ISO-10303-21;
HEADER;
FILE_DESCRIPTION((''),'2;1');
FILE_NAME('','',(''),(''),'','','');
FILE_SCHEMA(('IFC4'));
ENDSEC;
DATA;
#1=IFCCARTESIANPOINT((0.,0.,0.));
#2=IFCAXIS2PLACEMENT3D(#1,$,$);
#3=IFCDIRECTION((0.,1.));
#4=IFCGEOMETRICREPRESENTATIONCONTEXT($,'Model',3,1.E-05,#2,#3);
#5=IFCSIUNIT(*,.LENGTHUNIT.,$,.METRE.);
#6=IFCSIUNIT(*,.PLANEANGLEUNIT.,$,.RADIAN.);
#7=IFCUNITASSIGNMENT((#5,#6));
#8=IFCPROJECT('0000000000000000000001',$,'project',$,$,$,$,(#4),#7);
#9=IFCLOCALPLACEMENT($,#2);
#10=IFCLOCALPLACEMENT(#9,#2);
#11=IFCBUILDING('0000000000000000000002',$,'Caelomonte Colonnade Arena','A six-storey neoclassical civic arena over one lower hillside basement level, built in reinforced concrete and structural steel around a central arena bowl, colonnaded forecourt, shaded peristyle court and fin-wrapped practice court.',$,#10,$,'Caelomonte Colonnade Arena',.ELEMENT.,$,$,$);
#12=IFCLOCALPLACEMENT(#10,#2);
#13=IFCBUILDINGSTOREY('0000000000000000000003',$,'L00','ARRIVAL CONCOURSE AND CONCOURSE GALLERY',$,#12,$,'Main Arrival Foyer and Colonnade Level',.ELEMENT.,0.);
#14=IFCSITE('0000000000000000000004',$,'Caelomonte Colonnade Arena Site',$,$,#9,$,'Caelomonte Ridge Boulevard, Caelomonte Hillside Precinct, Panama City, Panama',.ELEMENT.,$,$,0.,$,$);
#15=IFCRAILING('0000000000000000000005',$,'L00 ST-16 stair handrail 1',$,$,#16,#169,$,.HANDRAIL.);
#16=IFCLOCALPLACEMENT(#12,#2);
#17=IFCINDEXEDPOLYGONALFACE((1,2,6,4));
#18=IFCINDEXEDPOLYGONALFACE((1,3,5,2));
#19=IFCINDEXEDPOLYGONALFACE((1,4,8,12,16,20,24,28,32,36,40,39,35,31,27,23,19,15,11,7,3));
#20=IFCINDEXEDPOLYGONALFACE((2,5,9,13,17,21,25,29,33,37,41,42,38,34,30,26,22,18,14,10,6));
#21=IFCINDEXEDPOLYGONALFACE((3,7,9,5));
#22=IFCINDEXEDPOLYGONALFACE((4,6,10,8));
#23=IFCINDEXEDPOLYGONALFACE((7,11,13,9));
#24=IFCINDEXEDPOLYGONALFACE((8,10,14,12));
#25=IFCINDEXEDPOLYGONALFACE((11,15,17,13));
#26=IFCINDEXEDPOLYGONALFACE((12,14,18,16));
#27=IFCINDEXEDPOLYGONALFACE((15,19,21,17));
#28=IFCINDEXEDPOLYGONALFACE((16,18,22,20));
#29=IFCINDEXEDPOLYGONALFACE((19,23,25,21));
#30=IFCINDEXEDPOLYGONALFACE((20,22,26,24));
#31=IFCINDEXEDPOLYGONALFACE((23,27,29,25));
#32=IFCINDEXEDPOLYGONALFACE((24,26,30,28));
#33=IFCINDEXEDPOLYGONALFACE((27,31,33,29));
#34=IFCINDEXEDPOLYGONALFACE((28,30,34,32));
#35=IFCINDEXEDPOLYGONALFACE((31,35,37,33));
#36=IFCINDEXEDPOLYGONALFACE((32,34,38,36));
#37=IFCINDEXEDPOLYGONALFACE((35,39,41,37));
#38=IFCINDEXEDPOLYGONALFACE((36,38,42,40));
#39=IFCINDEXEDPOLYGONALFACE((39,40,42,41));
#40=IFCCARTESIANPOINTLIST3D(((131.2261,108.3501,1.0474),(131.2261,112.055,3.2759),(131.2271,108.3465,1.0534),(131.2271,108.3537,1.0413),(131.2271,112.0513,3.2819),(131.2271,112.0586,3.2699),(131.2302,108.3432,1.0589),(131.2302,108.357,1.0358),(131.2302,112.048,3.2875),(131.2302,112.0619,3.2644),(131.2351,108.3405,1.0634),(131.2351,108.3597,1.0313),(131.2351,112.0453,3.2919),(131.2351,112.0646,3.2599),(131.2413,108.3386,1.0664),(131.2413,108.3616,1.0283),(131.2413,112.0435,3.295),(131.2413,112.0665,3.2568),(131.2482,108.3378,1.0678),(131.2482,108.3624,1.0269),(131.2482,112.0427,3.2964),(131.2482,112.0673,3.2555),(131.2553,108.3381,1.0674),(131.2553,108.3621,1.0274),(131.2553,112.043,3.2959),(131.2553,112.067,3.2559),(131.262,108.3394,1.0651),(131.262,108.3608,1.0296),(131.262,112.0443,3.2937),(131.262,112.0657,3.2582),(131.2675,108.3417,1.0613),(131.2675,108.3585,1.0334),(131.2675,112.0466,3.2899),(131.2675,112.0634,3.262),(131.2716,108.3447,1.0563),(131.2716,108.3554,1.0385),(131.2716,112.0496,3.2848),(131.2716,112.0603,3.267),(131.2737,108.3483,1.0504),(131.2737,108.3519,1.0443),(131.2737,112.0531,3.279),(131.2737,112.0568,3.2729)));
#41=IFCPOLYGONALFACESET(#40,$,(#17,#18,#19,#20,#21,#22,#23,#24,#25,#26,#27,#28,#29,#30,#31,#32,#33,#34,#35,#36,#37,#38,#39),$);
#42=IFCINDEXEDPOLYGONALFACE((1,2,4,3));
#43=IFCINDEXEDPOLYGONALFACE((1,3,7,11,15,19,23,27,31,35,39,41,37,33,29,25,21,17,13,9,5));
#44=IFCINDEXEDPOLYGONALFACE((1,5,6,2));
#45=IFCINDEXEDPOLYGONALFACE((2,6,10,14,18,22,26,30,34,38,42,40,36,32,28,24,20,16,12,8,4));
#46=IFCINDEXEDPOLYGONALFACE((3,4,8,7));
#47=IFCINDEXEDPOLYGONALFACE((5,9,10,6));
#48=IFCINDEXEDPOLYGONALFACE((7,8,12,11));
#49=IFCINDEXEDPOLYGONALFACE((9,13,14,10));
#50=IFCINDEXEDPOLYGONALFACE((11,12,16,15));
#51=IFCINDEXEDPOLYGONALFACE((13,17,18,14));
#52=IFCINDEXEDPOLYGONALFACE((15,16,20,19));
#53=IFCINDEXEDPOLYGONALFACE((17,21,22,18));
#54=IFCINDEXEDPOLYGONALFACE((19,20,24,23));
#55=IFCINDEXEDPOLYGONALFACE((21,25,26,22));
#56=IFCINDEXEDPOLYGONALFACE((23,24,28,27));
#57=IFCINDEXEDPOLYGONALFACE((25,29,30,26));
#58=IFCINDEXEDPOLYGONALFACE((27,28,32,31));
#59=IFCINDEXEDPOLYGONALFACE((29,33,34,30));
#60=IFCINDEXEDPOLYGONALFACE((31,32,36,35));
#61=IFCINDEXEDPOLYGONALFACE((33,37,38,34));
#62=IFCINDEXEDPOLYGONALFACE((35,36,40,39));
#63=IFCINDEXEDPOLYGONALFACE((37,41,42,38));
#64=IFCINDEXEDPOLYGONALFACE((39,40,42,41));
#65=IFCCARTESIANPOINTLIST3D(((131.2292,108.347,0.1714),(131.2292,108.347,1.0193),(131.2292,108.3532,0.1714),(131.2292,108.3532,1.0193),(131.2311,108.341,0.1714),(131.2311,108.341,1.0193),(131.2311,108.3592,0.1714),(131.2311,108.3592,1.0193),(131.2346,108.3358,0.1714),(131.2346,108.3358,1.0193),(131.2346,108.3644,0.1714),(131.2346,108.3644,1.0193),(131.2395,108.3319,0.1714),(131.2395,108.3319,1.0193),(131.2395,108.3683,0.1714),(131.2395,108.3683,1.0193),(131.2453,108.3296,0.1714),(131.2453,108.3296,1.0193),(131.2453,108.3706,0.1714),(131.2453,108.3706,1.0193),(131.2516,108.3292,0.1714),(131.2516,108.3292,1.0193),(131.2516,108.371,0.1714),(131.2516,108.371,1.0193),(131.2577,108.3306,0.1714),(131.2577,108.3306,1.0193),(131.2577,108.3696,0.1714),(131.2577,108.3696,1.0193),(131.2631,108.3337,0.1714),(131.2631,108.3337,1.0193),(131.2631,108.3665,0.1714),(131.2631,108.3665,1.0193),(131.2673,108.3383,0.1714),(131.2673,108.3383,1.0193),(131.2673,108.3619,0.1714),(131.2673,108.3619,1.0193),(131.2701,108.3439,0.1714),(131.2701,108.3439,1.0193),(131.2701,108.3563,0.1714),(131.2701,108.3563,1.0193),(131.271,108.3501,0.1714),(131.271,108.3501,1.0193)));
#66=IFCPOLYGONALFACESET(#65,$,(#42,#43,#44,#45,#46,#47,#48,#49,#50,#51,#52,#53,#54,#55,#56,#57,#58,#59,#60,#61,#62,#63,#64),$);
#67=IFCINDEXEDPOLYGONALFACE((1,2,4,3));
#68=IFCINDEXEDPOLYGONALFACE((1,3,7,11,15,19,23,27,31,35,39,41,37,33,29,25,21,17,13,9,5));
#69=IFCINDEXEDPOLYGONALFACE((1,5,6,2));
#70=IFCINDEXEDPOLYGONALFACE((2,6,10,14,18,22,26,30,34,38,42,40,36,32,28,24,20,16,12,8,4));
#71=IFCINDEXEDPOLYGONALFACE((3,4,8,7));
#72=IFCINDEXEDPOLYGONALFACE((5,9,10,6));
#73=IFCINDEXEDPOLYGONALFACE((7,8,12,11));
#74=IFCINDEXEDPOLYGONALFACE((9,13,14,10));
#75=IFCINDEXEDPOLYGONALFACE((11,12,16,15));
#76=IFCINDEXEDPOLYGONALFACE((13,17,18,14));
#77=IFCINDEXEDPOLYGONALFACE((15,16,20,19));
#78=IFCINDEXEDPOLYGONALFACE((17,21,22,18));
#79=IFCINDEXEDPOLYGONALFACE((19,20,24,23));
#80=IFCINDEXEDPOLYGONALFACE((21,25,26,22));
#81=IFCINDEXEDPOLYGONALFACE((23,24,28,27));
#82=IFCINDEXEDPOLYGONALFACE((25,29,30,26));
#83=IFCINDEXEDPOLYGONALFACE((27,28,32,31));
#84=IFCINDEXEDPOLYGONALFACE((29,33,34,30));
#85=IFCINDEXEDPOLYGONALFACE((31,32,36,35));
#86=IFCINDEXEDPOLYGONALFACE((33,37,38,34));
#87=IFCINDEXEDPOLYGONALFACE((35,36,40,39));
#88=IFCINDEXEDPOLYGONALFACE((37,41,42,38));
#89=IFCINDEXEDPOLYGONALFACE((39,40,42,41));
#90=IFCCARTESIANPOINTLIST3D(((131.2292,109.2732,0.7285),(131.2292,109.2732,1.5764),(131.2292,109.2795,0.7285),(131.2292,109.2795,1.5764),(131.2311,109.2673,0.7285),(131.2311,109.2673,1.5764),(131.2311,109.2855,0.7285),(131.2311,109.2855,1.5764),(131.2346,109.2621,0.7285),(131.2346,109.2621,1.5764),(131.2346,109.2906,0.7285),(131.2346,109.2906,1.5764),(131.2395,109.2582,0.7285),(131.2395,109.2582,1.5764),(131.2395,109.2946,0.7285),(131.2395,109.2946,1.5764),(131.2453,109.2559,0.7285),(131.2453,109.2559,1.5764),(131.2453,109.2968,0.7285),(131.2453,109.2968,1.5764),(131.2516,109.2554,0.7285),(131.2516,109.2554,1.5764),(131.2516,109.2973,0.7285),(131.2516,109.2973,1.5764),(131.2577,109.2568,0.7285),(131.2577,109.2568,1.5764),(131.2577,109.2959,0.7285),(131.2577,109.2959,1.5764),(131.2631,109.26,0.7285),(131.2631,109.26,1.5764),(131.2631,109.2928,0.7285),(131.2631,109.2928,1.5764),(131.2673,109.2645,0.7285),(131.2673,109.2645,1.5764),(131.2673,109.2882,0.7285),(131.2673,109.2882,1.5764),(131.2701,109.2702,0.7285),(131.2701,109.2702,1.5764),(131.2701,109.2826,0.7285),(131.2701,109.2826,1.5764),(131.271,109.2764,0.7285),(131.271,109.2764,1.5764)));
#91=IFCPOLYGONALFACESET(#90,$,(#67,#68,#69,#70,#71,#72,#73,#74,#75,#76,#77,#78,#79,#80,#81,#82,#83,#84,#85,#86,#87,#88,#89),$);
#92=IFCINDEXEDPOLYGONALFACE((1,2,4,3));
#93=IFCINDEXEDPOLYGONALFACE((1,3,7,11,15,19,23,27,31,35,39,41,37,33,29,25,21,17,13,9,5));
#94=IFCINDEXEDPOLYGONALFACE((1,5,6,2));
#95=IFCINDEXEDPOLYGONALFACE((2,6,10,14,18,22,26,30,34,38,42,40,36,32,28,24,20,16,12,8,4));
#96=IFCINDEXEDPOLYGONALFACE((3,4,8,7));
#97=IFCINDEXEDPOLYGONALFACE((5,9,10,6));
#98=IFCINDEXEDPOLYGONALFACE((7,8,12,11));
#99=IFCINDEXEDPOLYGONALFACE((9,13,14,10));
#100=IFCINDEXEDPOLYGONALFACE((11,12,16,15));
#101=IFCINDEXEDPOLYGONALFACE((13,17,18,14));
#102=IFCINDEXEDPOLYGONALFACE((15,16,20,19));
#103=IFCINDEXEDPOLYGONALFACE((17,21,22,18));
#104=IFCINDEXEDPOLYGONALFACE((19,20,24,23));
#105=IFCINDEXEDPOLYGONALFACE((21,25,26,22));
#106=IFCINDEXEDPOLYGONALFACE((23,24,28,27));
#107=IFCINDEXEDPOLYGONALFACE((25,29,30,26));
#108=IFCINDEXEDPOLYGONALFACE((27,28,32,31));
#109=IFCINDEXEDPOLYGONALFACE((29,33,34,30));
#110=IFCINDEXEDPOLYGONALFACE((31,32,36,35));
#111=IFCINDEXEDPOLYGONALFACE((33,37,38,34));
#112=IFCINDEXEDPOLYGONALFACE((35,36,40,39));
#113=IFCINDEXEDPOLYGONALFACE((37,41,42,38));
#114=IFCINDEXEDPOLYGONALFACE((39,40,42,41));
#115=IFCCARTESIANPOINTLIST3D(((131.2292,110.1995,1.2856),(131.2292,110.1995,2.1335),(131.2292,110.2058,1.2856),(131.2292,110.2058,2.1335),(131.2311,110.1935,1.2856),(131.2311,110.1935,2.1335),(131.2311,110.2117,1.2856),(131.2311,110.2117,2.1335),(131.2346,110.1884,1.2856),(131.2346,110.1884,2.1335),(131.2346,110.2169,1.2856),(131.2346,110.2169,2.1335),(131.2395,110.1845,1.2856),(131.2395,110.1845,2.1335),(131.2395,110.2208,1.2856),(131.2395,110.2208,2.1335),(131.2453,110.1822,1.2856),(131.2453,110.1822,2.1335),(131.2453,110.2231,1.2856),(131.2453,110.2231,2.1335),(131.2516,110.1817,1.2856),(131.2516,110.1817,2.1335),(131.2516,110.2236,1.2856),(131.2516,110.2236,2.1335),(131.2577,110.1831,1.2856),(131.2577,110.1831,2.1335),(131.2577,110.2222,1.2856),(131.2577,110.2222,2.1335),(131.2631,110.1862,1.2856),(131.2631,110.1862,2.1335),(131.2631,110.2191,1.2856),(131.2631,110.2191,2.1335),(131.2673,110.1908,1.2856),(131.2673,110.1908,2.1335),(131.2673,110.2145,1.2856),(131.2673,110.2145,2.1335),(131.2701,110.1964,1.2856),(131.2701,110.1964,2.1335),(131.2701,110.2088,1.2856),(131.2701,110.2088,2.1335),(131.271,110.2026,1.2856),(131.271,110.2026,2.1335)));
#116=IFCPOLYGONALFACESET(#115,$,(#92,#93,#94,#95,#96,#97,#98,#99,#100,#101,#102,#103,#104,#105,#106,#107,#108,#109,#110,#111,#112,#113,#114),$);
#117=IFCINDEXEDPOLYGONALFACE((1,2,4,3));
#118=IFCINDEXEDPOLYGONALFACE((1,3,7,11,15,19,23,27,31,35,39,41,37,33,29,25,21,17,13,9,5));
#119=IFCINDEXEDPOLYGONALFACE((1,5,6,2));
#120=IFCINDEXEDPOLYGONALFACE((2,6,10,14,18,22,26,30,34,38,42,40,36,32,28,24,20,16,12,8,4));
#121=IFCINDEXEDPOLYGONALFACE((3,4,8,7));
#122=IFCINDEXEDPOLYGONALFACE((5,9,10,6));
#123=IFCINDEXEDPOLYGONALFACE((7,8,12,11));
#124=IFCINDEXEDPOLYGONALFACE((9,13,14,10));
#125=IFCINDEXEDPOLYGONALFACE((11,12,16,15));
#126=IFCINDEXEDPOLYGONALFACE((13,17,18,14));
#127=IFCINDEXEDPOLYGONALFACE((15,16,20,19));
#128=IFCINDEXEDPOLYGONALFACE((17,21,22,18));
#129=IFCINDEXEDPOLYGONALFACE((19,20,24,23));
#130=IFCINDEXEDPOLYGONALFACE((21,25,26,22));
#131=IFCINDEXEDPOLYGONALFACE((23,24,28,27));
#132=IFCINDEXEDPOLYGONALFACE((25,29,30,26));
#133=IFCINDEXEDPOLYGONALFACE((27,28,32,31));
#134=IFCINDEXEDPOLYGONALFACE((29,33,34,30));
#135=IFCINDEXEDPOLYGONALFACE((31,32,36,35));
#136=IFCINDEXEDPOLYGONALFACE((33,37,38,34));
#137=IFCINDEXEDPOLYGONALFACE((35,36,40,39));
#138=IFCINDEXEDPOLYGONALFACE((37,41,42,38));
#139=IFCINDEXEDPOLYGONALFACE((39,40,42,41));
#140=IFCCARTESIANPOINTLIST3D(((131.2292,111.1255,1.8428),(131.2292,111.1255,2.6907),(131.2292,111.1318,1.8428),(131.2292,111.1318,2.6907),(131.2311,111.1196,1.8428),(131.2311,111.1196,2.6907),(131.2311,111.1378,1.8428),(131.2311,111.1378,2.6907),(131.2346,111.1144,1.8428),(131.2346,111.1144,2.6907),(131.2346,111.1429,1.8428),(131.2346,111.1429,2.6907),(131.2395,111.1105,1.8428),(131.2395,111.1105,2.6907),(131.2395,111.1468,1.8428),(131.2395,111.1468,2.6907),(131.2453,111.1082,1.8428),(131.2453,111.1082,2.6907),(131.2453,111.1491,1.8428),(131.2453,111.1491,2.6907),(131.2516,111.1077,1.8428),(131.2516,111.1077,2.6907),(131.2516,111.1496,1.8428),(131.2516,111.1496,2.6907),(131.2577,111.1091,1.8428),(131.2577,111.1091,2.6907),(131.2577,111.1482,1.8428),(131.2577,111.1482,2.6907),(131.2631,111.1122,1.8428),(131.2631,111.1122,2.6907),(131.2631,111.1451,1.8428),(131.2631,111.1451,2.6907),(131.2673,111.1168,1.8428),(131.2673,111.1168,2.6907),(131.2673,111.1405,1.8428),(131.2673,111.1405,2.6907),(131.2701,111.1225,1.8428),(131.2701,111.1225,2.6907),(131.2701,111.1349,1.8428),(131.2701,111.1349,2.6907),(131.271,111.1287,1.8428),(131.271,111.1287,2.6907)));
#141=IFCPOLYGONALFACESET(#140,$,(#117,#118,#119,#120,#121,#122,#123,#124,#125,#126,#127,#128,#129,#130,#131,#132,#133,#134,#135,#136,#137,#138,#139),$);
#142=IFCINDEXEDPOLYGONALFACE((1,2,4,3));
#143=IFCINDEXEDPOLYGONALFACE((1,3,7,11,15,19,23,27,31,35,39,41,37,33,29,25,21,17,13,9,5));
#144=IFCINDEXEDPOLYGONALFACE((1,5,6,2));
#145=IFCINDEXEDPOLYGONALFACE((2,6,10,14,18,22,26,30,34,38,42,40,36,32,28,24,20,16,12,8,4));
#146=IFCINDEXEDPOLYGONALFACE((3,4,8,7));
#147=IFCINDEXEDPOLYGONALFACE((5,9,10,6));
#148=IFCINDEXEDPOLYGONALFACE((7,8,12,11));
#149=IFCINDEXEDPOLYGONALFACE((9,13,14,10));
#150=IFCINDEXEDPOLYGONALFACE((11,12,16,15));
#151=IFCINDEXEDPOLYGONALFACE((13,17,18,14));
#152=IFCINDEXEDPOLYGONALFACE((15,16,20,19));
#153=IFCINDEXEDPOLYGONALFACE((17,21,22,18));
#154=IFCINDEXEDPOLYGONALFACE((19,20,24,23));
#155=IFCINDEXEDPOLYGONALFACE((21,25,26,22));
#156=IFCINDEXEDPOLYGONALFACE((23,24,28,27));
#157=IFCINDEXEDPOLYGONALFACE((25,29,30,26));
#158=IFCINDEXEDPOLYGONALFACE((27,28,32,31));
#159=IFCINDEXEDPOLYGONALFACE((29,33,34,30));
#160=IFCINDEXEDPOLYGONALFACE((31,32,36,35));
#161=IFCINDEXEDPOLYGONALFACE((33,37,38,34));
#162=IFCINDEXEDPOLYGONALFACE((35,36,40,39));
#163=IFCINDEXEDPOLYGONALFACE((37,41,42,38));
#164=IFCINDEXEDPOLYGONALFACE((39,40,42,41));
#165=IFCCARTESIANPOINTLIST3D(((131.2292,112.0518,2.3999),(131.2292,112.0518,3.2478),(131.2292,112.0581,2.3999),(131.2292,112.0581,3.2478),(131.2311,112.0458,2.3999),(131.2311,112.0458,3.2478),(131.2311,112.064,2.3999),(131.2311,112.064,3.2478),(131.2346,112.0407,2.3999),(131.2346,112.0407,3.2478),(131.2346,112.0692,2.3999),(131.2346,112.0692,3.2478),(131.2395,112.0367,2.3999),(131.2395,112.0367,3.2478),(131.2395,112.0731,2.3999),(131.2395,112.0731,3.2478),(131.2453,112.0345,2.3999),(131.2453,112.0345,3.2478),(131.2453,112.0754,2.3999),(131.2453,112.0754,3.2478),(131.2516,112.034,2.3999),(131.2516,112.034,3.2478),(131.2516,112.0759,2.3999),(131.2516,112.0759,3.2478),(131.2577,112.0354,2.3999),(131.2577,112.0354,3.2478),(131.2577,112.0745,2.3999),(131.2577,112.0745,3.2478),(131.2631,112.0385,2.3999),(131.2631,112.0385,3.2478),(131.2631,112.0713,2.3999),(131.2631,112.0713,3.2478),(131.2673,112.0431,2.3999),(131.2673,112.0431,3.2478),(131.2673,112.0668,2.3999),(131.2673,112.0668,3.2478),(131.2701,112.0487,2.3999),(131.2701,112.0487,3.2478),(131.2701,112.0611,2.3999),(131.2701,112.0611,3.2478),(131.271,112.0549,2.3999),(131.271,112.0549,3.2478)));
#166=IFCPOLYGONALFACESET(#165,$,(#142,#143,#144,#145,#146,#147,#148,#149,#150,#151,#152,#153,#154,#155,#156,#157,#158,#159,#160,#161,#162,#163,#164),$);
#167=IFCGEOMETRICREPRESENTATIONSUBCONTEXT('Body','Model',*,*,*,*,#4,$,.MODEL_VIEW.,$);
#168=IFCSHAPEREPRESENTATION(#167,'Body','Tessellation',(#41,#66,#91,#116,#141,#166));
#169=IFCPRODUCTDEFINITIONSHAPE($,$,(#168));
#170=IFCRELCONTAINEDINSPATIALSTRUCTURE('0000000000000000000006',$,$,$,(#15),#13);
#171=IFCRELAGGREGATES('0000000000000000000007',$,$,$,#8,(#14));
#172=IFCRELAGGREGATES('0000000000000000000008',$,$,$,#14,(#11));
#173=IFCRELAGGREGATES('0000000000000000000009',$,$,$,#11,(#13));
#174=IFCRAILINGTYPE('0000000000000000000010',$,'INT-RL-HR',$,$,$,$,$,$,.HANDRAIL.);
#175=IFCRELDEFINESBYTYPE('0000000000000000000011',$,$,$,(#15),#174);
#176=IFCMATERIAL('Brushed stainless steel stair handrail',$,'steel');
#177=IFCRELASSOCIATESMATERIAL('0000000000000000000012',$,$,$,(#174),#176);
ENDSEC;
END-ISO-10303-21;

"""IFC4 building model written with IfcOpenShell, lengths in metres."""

from ifc_helpers import new_model, si_unit, direction, frame, origin, origin_2d, place, context, subcontext, project, spatial, circle, extrude, material, type_object, element, save


model = new_model("IFC4")

# Units and contexts
model_context = context("Model", 3, precision=1e-05, world=origin(), true_north=direction((0.0, 1.0)))
body_context = subcontext(model_context, "Body", "Model", "MODEL_VIEW")
ifc_project = project(units=[si_unit("LENGTHUNIT", "METRE"), si_unit("PLANEANGLEUNIT", "RADIAN")], contexts=[model_context])

# Site, building, storey
site_placement = place(None, origin())
site = spatial("IfcSite", under=ifc_project, at=site_placement, Name="Caelomonte Colonnade Arena Site", LongName="Caelomonte Ridge Boulevard, Caelomonte Hillside Precinct, Panama City, Panama", CompositionType="ELEMENT", RefElevation=0.0)
building_placement = place(site_placement, origin())
building = spatial("IfcBuilding", under=site, at=building_placement, Name="Caelomonte Colonnade Arena", Description="A six-storey neoclassical civic arena over one lower hillside basement level, built in reinforced concrete and structural steel around a central arena bowl, colonnaded forecourt, shaded peristyle court and fin-wrapped practice court.", LongName="Caelomonte Colonnade Arena", CompositionType="ELEMENT")
storey_placement = place(building_placement, origin())
storey = spatial("IfcBuildingStorey", under=building, at=storey_placement, Name="L00", Description="ARRIVAL CONCOURSE AND CONCOURSE GALLERY", LongName="Main Arrival Foyer and Colonnade Level", CompositionType="ELEMENT", Elevation=0.0)

# Railing
ifc_material_1 = material(Name="Brushed stainless steel stair handrail", Category="steel")
railing_type_1 = type_object("IfcRailingType", Name="INT-RL-HR", PredefinedType="HANDRAIL", material=ifc_material_1)
railing_1_placement = place(storey_placement, frame((131.25, 108.3501, 0.1714)))
element("IfcRailing", 1, at=railing_1_placement, inside=storey, type_object=railing_type_1, Name="L00 ST-16 stair handrail 1", PredefinedType="HANDRAIL", context=body_context, shape_type="SweptSolid", body=[
    extrude(circle(Radius=0.0239, at=origin_2d()), frame((0.0, 0.0, 0.876), z_axis=(0.0, 0.856919, 0.51545), x_axis=(-1.0, 0.0, 0.0)), (0.0, 0.0, 1.0), 4.3235),
    extrude(circle(Radius=0.021, at=origin_2d()), origin(), (0.0, 0.0, 1.0), 0.8479),
    extrude(circle(Radius=0.021, at=origin_2d()), frame((0.0, 0.9263, 0.5571)), (0.0, 0.0, 1.0), 0.8479),
    extrude(circle(Radius=0.021, at=origin_2d()), frame((0.0, 1.8525, 1.1143)), (0.0, 0.0, 1.0), 0.8479),
    extrude(circle(Radius=0.021, at=origin_2d()), frame((0.0, 2.7786, 1.6714)), (0.0, 0.0, 1.0), 0.8479),
    extrude(circle(Radius=0.021, at=origin_2d()), frame((0.0, 3.7048, 2.2285)), (0.0, 0.0, 1.0), 0.8479),
])

save(model, "model.ifc")
